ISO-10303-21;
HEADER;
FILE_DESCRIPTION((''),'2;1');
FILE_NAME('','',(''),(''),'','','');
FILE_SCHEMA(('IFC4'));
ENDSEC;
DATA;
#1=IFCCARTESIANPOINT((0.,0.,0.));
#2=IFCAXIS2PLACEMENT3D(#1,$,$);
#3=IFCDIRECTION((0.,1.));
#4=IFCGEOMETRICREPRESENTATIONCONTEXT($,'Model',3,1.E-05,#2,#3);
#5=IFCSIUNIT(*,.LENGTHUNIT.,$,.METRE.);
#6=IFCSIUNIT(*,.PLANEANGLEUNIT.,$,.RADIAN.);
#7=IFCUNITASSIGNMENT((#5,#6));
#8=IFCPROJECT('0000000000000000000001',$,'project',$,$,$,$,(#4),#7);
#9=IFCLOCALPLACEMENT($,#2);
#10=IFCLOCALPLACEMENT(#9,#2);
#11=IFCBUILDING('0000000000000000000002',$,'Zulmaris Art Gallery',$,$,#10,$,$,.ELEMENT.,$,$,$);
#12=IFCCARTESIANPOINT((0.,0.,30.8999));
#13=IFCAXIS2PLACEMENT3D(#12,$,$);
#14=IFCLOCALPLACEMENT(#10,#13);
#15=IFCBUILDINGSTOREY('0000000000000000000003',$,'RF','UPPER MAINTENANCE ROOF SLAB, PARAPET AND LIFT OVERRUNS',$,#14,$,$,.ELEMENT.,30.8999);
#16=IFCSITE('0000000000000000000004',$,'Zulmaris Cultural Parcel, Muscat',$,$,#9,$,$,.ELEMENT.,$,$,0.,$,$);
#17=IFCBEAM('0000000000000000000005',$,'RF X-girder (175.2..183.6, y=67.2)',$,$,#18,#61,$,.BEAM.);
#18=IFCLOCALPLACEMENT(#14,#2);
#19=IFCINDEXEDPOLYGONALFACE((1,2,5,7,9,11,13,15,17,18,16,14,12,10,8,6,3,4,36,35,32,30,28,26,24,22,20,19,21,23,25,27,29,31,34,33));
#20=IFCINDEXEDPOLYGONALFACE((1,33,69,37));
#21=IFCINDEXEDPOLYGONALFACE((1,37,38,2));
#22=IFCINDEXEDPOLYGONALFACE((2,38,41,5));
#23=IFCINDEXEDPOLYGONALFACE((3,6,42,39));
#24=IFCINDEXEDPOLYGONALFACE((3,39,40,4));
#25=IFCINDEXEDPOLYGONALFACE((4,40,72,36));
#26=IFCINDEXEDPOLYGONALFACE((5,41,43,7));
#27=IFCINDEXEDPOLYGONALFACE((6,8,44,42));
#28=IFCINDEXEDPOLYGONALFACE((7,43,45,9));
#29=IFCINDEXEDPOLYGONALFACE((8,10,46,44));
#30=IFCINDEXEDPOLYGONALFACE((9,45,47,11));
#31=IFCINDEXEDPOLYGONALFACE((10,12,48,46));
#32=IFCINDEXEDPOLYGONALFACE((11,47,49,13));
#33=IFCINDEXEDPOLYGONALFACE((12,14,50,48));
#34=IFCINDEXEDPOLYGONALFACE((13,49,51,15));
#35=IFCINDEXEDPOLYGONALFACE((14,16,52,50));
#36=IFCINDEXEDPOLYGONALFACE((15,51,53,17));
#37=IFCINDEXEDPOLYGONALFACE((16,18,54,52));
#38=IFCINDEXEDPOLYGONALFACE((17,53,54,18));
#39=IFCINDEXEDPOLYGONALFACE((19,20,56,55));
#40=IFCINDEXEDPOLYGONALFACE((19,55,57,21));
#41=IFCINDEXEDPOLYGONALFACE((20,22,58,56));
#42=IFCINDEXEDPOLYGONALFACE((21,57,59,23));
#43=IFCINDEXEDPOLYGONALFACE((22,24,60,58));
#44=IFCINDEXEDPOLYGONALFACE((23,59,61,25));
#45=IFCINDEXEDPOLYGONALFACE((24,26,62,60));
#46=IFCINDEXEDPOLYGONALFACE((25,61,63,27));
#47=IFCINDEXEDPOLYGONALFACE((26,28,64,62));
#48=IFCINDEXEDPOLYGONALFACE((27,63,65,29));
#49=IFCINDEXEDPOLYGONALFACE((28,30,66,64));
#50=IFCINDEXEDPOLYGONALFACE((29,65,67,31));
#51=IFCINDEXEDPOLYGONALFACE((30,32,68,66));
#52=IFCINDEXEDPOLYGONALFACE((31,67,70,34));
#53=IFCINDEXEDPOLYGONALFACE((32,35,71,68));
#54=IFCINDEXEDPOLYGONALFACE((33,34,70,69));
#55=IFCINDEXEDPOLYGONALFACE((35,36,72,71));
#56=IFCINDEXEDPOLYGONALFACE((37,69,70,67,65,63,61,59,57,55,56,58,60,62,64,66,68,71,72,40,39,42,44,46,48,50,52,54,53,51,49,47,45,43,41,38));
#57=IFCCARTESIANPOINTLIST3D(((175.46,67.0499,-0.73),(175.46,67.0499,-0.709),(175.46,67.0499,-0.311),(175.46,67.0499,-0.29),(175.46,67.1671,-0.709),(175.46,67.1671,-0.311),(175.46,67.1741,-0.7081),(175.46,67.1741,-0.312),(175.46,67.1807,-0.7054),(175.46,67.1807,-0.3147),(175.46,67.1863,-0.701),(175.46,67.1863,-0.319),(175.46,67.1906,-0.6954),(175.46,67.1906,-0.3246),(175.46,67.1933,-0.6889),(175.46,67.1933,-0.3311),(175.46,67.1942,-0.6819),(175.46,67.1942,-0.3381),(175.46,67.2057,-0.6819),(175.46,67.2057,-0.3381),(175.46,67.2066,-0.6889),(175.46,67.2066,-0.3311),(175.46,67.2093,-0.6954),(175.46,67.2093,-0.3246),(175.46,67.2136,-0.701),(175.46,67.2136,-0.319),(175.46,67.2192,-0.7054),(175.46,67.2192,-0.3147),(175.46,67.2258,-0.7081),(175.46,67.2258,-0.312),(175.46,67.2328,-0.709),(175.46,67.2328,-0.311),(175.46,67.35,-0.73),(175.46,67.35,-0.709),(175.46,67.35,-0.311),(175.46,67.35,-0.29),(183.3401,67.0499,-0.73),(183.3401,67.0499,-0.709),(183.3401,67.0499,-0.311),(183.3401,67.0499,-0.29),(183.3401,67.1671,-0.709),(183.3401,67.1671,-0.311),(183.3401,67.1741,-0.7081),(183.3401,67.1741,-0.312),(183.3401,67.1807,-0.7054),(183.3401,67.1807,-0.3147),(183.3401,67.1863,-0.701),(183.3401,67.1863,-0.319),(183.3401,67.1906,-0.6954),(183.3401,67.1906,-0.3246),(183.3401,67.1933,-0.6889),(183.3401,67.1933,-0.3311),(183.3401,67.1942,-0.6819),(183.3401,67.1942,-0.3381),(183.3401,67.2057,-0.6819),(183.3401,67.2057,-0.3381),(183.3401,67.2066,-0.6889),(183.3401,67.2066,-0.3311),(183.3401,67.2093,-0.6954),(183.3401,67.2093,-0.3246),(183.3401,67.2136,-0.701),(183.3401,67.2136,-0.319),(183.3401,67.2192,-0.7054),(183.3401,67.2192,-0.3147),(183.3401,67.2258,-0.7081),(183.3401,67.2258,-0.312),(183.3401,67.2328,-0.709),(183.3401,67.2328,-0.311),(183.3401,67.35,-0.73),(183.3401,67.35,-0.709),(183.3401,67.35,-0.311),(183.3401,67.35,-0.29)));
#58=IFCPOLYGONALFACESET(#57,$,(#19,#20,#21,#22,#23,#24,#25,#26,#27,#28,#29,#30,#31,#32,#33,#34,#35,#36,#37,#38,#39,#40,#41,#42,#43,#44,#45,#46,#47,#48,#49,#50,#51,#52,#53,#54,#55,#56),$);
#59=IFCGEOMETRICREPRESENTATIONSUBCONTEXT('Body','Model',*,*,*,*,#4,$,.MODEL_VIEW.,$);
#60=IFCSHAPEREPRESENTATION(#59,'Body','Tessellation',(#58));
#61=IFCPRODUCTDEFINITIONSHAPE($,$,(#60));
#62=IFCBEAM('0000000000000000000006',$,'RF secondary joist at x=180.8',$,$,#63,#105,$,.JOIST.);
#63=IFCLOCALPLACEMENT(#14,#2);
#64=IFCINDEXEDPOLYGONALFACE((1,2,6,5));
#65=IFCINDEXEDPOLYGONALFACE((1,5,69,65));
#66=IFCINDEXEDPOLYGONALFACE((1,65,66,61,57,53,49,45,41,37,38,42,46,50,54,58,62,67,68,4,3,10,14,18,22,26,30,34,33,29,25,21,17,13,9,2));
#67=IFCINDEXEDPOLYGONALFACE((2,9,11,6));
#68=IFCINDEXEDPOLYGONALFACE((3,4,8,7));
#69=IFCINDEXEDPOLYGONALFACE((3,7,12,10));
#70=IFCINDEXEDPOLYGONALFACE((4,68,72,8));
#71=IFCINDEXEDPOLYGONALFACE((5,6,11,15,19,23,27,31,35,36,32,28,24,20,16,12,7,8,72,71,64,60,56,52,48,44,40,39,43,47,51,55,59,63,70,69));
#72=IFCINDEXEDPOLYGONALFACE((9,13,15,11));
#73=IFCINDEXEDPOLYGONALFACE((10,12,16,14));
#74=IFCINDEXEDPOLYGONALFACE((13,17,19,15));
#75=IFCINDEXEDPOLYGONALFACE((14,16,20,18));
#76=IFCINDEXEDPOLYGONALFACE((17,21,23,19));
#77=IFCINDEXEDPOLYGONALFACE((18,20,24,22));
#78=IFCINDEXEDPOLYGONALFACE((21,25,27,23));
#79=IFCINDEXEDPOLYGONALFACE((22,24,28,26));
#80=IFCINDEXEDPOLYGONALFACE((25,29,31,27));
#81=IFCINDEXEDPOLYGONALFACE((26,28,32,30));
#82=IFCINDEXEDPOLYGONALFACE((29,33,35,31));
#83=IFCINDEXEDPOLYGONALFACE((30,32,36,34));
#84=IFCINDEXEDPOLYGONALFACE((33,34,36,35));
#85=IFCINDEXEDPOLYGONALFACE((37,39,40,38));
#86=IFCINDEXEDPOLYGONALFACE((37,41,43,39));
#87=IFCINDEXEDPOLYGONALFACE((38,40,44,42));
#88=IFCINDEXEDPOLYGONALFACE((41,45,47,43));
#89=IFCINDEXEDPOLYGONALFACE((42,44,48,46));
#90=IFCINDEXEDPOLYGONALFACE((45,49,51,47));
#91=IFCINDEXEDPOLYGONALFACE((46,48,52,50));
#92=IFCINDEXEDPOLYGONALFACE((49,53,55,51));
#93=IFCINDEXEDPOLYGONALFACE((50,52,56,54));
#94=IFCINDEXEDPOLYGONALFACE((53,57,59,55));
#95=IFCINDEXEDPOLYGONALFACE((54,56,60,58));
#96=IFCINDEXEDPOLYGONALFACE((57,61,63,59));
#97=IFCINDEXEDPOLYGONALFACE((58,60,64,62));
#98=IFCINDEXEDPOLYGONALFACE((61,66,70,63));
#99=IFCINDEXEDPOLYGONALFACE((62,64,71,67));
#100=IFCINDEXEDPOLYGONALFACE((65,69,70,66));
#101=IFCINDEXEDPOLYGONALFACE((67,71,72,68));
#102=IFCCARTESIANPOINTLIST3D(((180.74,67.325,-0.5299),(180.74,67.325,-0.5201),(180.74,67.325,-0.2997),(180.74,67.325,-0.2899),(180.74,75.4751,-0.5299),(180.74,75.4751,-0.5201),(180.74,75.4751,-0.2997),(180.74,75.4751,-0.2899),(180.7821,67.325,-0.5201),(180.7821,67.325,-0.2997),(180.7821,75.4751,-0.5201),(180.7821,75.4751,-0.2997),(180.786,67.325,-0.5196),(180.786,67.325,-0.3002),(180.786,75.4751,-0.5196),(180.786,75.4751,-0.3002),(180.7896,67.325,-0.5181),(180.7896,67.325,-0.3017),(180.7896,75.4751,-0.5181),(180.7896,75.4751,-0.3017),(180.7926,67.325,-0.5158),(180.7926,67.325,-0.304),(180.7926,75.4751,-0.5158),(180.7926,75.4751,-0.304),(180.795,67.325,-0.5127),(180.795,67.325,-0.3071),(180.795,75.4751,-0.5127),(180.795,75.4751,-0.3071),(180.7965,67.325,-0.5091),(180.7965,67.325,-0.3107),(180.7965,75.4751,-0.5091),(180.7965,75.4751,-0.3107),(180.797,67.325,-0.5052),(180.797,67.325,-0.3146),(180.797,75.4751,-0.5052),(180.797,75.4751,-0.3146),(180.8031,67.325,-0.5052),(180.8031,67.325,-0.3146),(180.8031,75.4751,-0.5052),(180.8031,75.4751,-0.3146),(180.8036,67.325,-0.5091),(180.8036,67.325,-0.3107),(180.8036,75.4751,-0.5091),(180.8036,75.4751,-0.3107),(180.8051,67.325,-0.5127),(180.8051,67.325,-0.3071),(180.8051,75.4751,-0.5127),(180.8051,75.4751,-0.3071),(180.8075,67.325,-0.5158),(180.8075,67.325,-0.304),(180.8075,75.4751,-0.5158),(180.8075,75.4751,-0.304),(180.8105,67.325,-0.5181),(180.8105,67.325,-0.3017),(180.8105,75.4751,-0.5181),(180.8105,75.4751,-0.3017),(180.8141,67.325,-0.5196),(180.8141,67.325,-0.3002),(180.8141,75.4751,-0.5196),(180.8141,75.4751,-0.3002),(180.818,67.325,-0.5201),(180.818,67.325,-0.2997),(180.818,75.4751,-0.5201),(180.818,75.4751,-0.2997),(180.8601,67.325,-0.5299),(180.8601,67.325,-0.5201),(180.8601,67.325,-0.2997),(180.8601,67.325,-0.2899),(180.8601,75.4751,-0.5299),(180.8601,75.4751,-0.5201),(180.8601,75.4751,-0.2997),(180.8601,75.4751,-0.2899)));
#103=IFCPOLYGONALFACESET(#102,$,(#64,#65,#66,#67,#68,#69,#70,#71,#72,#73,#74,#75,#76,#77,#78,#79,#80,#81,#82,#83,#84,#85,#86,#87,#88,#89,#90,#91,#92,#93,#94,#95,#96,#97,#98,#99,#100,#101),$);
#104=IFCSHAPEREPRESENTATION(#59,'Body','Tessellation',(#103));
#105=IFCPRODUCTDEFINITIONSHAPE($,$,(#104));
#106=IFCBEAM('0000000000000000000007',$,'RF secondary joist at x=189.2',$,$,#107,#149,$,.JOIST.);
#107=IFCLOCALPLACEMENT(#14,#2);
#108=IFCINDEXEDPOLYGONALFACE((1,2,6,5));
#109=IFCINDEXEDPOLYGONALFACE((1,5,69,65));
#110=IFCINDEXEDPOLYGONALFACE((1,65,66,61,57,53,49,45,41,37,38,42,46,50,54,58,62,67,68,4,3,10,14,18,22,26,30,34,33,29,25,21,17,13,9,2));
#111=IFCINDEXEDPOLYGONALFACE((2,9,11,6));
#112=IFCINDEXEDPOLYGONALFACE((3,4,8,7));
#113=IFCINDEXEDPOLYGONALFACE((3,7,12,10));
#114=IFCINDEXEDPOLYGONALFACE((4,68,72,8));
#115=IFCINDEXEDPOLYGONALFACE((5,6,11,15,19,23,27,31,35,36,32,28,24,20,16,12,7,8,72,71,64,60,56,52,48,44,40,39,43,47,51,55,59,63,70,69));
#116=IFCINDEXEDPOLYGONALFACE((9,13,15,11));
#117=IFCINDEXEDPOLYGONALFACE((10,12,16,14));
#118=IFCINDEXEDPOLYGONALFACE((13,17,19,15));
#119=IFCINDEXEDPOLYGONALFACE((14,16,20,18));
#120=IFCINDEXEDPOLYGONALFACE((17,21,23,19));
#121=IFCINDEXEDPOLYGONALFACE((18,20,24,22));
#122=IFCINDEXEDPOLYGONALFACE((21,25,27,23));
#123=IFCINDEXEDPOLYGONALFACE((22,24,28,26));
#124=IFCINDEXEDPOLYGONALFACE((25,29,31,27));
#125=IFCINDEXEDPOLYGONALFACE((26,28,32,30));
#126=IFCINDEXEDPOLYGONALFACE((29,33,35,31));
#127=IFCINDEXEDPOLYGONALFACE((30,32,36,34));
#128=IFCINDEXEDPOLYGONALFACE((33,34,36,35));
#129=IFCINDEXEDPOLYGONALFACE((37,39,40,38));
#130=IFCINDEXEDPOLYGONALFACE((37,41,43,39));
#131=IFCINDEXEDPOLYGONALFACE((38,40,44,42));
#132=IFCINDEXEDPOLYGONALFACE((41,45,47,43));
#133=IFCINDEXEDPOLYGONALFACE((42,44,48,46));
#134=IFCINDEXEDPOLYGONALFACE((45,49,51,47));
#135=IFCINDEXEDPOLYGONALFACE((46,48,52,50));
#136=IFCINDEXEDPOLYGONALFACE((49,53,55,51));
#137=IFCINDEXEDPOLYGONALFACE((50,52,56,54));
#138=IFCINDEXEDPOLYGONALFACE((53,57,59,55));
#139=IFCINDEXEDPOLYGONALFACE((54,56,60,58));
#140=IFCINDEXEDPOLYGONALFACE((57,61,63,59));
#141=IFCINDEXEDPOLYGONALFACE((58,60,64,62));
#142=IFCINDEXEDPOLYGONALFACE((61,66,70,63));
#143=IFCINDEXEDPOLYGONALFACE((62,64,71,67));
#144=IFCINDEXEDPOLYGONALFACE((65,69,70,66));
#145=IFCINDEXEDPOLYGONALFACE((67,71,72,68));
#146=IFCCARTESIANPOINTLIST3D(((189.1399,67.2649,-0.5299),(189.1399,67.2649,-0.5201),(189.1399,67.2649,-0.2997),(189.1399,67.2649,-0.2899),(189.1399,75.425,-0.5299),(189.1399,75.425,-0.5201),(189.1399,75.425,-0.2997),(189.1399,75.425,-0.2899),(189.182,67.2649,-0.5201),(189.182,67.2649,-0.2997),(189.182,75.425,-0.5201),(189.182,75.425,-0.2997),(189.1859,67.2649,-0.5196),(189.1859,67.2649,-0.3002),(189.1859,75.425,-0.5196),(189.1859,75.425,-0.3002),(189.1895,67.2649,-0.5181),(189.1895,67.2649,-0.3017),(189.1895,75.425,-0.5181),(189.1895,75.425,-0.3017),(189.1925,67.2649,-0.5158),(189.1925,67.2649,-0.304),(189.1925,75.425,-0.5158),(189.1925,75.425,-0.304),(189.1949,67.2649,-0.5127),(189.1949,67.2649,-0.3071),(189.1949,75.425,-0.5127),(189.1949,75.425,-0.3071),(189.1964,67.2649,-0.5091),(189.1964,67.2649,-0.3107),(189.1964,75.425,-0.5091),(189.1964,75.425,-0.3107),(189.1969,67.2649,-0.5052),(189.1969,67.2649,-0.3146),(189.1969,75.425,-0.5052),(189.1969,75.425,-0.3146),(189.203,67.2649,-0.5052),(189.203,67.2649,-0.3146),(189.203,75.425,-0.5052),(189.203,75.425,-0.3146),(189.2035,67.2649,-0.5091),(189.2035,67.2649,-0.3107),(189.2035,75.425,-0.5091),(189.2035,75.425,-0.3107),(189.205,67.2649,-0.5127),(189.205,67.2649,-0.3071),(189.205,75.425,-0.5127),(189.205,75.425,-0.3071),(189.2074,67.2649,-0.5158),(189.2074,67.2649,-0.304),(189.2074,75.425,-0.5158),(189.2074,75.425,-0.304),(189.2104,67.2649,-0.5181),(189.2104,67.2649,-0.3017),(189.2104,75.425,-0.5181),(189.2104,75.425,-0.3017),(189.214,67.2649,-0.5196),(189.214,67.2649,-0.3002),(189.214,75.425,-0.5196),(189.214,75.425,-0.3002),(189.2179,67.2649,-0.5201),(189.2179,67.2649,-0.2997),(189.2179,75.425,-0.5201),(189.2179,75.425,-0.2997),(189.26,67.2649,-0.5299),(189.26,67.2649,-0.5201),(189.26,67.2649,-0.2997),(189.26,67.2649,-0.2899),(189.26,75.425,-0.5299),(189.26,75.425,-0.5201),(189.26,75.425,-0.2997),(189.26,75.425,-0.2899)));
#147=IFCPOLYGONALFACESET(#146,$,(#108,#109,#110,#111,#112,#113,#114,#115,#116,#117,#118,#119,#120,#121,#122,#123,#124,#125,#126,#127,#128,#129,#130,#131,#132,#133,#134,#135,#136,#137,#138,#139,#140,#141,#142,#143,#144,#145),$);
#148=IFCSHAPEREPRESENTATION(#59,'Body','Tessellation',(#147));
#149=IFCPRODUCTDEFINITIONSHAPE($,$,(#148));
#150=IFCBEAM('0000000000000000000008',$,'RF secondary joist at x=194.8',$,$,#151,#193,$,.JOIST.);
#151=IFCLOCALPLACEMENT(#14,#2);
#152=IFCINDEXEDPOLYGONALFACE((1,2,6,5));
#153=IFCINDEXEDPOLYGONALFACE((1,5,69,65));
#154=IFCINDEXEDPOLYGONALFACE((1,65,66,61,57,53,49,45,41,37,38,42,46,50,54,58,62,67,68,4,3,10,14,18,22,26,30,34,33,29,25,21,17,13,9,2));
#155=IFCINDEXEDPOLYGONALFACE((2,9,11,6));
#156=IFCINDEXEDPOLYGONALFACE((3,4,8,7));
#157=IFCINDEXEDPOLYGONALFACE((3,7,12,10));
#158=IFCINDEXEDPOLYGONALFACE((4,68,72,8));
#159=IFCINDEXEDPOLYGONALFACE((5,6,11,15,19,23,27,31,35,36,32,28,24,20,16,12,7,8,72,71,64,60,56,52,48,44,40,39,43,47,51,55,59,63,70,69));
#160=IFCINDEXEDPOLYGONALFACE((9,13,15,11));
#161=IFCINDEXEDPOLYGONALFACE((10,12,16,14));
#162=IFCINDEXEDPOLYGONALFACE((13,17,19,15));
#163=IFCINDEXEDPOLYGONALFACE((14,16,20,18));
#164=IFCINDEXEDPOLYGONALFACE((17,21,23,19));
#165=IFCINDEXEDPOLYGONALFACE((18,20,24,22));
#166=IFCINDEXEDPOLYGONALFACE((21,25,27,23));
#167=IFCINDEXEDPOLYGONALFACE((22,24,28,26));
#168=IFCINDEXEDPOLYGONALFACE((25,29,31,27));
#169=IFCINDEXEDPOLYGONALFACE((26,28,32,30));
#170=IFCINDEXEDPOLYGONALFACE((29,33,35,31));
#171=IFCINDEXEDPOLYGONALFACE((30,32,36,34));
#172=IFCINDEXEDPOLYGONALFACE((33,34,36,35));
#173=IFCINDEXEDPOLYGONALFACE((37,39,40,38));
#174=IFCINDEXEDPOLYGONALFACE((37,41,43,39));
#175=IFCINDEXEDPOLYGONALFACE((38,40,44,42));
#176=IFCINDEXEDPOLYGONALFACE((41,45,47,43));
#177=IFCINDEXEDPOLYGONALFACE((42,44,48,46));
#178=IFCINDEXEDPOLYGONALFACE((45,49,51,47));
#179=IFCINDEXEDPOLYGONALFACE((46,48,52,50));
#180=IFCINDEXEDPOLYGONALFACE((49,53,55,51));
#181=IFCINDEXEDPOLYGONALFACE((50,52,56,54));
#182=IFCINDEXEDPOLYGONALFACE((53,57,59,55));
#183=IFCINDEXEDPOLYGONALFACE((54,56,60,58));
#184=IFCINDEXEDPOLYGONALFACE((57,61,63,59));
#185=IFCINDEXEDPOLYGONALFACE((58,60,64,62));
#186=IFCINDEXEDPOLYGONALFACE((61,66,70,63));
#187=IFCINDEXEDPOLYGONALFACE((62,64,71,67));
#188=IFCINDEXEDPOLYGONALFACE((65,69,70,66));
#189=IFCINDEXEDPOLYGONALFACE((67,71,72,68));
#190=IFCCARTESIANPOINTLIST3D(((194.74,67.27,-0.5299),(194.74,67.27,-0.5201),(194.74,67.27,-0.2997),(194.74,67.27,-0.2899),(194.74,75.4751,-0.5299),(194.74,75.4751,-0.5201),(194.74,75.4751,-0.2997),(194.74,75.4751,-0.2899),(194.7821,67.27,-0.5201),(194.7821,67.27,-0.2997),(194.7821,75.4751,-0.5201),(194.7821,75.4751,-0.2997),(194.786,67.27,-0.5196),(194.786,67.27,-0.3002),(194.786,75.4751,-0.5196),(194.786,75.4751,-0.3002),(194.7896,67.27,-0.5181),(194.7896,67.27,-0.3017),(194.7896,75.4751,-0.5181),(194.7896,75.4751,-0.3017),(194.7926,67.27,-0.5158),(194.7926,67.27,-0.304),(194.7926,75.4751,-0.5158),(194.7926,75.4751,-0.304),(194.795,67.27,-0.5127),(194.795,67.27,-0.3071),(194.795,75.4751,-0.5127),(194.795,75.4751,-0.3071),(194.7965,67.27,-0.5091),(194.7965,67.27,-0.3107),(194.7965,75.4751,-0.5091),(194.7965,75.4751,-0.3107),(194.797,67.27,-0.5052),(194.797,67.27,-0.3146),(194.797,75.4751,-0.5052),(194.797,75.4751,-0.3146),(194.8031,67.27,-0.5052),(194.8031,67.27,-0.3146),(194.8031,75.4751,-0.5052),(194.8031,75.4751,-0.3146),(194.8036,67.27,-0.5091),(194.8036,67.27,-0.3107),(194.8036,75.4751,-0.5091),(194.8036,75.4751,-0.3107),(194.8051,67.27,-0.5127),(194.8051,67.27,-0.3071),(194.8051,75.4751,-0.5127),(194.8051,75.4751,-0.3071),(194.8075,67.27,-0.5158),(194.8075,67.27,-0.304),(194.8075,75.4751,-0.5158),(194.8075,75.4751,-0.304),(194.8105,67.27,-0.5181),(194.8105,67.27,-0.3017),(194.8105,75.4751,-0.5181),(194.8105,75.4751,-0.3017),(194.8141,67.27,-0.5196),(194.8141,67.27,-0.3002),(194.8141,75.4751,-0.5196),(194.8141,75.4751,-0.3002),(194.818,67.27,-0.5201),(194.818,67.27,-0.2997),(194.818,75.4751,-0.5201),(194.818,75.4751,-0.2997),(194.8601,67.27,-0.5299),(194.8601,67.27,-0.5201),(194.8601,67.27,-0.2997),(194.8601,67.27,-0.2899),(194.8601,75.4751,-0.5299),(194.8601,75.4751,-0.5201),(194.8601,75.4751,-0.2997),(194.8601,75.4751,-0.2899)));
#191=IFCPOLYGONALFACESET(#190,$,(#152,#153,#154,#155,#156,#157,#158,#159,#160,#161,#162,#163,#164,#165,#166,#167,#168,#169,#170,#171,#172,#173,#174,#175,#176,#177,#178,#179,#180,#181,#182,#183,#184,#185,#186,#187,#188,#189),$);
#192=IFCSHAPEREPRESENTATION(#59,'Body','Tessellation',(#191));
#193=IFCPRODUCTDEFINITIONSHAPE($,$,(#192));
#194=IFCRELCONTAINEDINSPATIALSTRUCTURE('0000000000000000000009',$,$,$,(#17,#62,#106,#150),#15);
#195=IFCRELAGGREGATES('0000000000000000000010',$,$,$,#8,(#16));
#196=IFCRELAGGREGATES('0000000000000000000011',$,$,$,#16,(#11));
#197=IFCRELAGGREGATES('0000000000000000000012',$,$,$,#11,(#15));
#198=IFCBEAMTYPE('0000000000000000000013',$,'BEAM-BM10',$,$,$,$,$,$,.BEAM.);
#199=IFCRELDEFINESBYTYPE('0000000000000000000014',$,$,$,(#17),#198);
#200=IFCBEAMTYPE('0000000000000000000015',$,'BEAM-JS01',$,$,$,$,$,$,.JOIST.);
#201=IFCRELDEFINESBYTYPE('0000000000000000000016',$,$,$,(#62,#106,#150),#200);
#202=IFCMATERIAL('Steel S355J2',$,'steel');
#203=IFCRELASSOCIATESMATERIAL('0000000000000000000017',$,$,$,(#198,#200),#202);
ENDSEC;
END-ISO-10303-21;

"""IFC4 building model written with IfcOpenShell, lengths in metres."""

from ifc_helpers import new_model, si_unit, direction, frame, origin, origin_2d, place, context, subcontext, project, spatial, i_section, extrude, material, material_profile, profile_set, type_object, element, save


model = new_model("IFC4")

# Units and contexts
model_context = context("Model", 3, precision=1e-05, world=origin(), true_north=direction((0.0, 1.0)))
body_context = subcontext(model_context, "Body", "Model", "MODEL_VIEW")
ifc_project = project(units=[si_unit("LENGTHUNIT", "METRE"), si_unit("PLANEANGLEUNIT", "RADIAN")], contexts=[model_context])

# Site, building, storey
site_placement = place(None, origin())
site = spatial("IfcSite", under=ifc_project, at=site_placement, Name="Zulmaris Cultural Parcel, Muscat", CompositionType="ELEMENT", RefElevation=0.0)
building_placement = place(site_placement, origin())
building = spatial("IfcBuilding", under=site, at=building_placement, Name="Zulmaris Art Gallery", CompositionType="ELEMENT")
storey_placement = place(building_placement, frame((0.0, 0.0, 30.8999)))
storey = spatial("IfcBuildingStorey", under=building, at=storey_placement, Name="RF", Description="UPPER MAINTENANCE ROOF SLAB, PARAPET AND LIFT OVERRUNS", CompositionType="ELEMENT", Elevation=30.8999)

# Beams
ifc_material_1 = material(Name="Steel S355J2", Category="steel")
ifc_material_profile_1 = material_profile(ifc_material_1, i_section(OverallWidth=0.3, OverallDepth=0.4399, WebThickness=0.0115, FlangeThickness=0.021, FilletRadius=0.0271, at=origin_2d()), Name="HEA 450")
ifc_profile_set_1 = profile_set([ifc_material_profile_1], Name="Steel S355J2")
beam_type_1 = type_object("IfcBeamType", Name="BEAM-BM10", PredefinedType="BEAM", material=ifc_profile_set_1)
beam_1_placement = place(storey_placement, frame((175.46, 67.2, -0.51), z_axis=(1.0, 0.0, 0.0), x_axis=(0.0, 1.0, 0.0)))
element("IfcBeam", 1, at=beam_1_placement, inside=storey, type_object=beam_type_1, Name="RF X-girder (175.2..183.6, y=67.2)", PredefinedType="BEAM", context=body_context, shape_type="SweptSolid", body=[
    extrude(i_section(OverallWidth=0.3, OverallDepth=0.4399, WebThickness=0.0115, FlangeThickness=0.021, FilletRadius=0.0271, at=origin_2d()), origin(), (0.0, 0.0, 1.0), 7.8801),
])
ifc_material_profile_2 = material_profile(ifc_material_1, i_section(OverallWidth=0.1201, OverallDepth=0.24, WebThickness=0.0061, FlangeThickness=0.0098, FilletRadius=0.0149, at=origin_2d()), Name="IPE 240")
ifc_profile_set_2 = profile_set([ifc_material_profile_2], Name="Steel S355J2")
beam_type_2 = type_object("IfcBeamType", Name="BEAM-JS01", PredefinedType="JOIST", material=ifc_profile_set_2)
beam_2_placement = place(storey_placement, frame((180.8, 67.325, -0.4099), z_axis=(0.0, 1.0, 0.0), x_axis=(-1.0, 0.0, 0.0)))
element("IfcBeam", 2, at=beam_2_placement, inside=storey, type_object=beam_type_2, Name="RF secondary joist at x=180.8", PredefinedType="JOIST", context=body_context, shape_type="SweptSolid", body=[
    extrude(i_section(OverallWidth=0.1201, OverallDepth=0.24, WebThickness=0.0061, FlangeThickness=0.0098, FilletRadius=0.0149, at=origin_2d()), origin(), (0.0, 0.0, 1.0), 8.1501),
])
beam_3_placement = place(storey_placement, frame((189.2, 67.2649, -0.4099), z_axis=(0.0, 1.0, 0.0), x_axis=(-1.0, 0.0, 0.0)))
element("IfcBeam", 3, at=beam_3_placement, inside=storey, type_object=beam_type_2, Name="RF secondary joist at x=189.2", PredefinedType="JOIST", context=body_context, shape_type="SweptSolid", body=[
    extrude(i_section(OverallWidth=0.1201, OverallDepth=0.24, WebThickness=0.0061, FlangeThickness=0.0098, FilletRadius=0.0149, at=origin_2d()), origin(), (0.0, 0.0, 1.0), 8.1602),
])
beam_4_placement = place(storey_placement, frame((194.8, 67.27, -0.4099), z_axis=(0.0, 1.0, 0.0), x_axis=(-1.0, 0.0, 0.0)))
element("IfcBeam", 4, at=beam_4_placement, inside=storey, type_object=beam_type_2, Name="RF secondary joist at x=194.8", PredefinedType="JOIST", context=body_context, shape_type="SweptSolid", body=[
    extrude(i_section(OverallWidth=0.1201, OverallDepth=0.24, WebThickness=0.0061, FlangeThickness=0.0098, FilletRadius=0.0149, at=origin_2d()), origin(), (0.0, 0.0, 1.0), 8.2051),
])

save(model, "model.ifc")
